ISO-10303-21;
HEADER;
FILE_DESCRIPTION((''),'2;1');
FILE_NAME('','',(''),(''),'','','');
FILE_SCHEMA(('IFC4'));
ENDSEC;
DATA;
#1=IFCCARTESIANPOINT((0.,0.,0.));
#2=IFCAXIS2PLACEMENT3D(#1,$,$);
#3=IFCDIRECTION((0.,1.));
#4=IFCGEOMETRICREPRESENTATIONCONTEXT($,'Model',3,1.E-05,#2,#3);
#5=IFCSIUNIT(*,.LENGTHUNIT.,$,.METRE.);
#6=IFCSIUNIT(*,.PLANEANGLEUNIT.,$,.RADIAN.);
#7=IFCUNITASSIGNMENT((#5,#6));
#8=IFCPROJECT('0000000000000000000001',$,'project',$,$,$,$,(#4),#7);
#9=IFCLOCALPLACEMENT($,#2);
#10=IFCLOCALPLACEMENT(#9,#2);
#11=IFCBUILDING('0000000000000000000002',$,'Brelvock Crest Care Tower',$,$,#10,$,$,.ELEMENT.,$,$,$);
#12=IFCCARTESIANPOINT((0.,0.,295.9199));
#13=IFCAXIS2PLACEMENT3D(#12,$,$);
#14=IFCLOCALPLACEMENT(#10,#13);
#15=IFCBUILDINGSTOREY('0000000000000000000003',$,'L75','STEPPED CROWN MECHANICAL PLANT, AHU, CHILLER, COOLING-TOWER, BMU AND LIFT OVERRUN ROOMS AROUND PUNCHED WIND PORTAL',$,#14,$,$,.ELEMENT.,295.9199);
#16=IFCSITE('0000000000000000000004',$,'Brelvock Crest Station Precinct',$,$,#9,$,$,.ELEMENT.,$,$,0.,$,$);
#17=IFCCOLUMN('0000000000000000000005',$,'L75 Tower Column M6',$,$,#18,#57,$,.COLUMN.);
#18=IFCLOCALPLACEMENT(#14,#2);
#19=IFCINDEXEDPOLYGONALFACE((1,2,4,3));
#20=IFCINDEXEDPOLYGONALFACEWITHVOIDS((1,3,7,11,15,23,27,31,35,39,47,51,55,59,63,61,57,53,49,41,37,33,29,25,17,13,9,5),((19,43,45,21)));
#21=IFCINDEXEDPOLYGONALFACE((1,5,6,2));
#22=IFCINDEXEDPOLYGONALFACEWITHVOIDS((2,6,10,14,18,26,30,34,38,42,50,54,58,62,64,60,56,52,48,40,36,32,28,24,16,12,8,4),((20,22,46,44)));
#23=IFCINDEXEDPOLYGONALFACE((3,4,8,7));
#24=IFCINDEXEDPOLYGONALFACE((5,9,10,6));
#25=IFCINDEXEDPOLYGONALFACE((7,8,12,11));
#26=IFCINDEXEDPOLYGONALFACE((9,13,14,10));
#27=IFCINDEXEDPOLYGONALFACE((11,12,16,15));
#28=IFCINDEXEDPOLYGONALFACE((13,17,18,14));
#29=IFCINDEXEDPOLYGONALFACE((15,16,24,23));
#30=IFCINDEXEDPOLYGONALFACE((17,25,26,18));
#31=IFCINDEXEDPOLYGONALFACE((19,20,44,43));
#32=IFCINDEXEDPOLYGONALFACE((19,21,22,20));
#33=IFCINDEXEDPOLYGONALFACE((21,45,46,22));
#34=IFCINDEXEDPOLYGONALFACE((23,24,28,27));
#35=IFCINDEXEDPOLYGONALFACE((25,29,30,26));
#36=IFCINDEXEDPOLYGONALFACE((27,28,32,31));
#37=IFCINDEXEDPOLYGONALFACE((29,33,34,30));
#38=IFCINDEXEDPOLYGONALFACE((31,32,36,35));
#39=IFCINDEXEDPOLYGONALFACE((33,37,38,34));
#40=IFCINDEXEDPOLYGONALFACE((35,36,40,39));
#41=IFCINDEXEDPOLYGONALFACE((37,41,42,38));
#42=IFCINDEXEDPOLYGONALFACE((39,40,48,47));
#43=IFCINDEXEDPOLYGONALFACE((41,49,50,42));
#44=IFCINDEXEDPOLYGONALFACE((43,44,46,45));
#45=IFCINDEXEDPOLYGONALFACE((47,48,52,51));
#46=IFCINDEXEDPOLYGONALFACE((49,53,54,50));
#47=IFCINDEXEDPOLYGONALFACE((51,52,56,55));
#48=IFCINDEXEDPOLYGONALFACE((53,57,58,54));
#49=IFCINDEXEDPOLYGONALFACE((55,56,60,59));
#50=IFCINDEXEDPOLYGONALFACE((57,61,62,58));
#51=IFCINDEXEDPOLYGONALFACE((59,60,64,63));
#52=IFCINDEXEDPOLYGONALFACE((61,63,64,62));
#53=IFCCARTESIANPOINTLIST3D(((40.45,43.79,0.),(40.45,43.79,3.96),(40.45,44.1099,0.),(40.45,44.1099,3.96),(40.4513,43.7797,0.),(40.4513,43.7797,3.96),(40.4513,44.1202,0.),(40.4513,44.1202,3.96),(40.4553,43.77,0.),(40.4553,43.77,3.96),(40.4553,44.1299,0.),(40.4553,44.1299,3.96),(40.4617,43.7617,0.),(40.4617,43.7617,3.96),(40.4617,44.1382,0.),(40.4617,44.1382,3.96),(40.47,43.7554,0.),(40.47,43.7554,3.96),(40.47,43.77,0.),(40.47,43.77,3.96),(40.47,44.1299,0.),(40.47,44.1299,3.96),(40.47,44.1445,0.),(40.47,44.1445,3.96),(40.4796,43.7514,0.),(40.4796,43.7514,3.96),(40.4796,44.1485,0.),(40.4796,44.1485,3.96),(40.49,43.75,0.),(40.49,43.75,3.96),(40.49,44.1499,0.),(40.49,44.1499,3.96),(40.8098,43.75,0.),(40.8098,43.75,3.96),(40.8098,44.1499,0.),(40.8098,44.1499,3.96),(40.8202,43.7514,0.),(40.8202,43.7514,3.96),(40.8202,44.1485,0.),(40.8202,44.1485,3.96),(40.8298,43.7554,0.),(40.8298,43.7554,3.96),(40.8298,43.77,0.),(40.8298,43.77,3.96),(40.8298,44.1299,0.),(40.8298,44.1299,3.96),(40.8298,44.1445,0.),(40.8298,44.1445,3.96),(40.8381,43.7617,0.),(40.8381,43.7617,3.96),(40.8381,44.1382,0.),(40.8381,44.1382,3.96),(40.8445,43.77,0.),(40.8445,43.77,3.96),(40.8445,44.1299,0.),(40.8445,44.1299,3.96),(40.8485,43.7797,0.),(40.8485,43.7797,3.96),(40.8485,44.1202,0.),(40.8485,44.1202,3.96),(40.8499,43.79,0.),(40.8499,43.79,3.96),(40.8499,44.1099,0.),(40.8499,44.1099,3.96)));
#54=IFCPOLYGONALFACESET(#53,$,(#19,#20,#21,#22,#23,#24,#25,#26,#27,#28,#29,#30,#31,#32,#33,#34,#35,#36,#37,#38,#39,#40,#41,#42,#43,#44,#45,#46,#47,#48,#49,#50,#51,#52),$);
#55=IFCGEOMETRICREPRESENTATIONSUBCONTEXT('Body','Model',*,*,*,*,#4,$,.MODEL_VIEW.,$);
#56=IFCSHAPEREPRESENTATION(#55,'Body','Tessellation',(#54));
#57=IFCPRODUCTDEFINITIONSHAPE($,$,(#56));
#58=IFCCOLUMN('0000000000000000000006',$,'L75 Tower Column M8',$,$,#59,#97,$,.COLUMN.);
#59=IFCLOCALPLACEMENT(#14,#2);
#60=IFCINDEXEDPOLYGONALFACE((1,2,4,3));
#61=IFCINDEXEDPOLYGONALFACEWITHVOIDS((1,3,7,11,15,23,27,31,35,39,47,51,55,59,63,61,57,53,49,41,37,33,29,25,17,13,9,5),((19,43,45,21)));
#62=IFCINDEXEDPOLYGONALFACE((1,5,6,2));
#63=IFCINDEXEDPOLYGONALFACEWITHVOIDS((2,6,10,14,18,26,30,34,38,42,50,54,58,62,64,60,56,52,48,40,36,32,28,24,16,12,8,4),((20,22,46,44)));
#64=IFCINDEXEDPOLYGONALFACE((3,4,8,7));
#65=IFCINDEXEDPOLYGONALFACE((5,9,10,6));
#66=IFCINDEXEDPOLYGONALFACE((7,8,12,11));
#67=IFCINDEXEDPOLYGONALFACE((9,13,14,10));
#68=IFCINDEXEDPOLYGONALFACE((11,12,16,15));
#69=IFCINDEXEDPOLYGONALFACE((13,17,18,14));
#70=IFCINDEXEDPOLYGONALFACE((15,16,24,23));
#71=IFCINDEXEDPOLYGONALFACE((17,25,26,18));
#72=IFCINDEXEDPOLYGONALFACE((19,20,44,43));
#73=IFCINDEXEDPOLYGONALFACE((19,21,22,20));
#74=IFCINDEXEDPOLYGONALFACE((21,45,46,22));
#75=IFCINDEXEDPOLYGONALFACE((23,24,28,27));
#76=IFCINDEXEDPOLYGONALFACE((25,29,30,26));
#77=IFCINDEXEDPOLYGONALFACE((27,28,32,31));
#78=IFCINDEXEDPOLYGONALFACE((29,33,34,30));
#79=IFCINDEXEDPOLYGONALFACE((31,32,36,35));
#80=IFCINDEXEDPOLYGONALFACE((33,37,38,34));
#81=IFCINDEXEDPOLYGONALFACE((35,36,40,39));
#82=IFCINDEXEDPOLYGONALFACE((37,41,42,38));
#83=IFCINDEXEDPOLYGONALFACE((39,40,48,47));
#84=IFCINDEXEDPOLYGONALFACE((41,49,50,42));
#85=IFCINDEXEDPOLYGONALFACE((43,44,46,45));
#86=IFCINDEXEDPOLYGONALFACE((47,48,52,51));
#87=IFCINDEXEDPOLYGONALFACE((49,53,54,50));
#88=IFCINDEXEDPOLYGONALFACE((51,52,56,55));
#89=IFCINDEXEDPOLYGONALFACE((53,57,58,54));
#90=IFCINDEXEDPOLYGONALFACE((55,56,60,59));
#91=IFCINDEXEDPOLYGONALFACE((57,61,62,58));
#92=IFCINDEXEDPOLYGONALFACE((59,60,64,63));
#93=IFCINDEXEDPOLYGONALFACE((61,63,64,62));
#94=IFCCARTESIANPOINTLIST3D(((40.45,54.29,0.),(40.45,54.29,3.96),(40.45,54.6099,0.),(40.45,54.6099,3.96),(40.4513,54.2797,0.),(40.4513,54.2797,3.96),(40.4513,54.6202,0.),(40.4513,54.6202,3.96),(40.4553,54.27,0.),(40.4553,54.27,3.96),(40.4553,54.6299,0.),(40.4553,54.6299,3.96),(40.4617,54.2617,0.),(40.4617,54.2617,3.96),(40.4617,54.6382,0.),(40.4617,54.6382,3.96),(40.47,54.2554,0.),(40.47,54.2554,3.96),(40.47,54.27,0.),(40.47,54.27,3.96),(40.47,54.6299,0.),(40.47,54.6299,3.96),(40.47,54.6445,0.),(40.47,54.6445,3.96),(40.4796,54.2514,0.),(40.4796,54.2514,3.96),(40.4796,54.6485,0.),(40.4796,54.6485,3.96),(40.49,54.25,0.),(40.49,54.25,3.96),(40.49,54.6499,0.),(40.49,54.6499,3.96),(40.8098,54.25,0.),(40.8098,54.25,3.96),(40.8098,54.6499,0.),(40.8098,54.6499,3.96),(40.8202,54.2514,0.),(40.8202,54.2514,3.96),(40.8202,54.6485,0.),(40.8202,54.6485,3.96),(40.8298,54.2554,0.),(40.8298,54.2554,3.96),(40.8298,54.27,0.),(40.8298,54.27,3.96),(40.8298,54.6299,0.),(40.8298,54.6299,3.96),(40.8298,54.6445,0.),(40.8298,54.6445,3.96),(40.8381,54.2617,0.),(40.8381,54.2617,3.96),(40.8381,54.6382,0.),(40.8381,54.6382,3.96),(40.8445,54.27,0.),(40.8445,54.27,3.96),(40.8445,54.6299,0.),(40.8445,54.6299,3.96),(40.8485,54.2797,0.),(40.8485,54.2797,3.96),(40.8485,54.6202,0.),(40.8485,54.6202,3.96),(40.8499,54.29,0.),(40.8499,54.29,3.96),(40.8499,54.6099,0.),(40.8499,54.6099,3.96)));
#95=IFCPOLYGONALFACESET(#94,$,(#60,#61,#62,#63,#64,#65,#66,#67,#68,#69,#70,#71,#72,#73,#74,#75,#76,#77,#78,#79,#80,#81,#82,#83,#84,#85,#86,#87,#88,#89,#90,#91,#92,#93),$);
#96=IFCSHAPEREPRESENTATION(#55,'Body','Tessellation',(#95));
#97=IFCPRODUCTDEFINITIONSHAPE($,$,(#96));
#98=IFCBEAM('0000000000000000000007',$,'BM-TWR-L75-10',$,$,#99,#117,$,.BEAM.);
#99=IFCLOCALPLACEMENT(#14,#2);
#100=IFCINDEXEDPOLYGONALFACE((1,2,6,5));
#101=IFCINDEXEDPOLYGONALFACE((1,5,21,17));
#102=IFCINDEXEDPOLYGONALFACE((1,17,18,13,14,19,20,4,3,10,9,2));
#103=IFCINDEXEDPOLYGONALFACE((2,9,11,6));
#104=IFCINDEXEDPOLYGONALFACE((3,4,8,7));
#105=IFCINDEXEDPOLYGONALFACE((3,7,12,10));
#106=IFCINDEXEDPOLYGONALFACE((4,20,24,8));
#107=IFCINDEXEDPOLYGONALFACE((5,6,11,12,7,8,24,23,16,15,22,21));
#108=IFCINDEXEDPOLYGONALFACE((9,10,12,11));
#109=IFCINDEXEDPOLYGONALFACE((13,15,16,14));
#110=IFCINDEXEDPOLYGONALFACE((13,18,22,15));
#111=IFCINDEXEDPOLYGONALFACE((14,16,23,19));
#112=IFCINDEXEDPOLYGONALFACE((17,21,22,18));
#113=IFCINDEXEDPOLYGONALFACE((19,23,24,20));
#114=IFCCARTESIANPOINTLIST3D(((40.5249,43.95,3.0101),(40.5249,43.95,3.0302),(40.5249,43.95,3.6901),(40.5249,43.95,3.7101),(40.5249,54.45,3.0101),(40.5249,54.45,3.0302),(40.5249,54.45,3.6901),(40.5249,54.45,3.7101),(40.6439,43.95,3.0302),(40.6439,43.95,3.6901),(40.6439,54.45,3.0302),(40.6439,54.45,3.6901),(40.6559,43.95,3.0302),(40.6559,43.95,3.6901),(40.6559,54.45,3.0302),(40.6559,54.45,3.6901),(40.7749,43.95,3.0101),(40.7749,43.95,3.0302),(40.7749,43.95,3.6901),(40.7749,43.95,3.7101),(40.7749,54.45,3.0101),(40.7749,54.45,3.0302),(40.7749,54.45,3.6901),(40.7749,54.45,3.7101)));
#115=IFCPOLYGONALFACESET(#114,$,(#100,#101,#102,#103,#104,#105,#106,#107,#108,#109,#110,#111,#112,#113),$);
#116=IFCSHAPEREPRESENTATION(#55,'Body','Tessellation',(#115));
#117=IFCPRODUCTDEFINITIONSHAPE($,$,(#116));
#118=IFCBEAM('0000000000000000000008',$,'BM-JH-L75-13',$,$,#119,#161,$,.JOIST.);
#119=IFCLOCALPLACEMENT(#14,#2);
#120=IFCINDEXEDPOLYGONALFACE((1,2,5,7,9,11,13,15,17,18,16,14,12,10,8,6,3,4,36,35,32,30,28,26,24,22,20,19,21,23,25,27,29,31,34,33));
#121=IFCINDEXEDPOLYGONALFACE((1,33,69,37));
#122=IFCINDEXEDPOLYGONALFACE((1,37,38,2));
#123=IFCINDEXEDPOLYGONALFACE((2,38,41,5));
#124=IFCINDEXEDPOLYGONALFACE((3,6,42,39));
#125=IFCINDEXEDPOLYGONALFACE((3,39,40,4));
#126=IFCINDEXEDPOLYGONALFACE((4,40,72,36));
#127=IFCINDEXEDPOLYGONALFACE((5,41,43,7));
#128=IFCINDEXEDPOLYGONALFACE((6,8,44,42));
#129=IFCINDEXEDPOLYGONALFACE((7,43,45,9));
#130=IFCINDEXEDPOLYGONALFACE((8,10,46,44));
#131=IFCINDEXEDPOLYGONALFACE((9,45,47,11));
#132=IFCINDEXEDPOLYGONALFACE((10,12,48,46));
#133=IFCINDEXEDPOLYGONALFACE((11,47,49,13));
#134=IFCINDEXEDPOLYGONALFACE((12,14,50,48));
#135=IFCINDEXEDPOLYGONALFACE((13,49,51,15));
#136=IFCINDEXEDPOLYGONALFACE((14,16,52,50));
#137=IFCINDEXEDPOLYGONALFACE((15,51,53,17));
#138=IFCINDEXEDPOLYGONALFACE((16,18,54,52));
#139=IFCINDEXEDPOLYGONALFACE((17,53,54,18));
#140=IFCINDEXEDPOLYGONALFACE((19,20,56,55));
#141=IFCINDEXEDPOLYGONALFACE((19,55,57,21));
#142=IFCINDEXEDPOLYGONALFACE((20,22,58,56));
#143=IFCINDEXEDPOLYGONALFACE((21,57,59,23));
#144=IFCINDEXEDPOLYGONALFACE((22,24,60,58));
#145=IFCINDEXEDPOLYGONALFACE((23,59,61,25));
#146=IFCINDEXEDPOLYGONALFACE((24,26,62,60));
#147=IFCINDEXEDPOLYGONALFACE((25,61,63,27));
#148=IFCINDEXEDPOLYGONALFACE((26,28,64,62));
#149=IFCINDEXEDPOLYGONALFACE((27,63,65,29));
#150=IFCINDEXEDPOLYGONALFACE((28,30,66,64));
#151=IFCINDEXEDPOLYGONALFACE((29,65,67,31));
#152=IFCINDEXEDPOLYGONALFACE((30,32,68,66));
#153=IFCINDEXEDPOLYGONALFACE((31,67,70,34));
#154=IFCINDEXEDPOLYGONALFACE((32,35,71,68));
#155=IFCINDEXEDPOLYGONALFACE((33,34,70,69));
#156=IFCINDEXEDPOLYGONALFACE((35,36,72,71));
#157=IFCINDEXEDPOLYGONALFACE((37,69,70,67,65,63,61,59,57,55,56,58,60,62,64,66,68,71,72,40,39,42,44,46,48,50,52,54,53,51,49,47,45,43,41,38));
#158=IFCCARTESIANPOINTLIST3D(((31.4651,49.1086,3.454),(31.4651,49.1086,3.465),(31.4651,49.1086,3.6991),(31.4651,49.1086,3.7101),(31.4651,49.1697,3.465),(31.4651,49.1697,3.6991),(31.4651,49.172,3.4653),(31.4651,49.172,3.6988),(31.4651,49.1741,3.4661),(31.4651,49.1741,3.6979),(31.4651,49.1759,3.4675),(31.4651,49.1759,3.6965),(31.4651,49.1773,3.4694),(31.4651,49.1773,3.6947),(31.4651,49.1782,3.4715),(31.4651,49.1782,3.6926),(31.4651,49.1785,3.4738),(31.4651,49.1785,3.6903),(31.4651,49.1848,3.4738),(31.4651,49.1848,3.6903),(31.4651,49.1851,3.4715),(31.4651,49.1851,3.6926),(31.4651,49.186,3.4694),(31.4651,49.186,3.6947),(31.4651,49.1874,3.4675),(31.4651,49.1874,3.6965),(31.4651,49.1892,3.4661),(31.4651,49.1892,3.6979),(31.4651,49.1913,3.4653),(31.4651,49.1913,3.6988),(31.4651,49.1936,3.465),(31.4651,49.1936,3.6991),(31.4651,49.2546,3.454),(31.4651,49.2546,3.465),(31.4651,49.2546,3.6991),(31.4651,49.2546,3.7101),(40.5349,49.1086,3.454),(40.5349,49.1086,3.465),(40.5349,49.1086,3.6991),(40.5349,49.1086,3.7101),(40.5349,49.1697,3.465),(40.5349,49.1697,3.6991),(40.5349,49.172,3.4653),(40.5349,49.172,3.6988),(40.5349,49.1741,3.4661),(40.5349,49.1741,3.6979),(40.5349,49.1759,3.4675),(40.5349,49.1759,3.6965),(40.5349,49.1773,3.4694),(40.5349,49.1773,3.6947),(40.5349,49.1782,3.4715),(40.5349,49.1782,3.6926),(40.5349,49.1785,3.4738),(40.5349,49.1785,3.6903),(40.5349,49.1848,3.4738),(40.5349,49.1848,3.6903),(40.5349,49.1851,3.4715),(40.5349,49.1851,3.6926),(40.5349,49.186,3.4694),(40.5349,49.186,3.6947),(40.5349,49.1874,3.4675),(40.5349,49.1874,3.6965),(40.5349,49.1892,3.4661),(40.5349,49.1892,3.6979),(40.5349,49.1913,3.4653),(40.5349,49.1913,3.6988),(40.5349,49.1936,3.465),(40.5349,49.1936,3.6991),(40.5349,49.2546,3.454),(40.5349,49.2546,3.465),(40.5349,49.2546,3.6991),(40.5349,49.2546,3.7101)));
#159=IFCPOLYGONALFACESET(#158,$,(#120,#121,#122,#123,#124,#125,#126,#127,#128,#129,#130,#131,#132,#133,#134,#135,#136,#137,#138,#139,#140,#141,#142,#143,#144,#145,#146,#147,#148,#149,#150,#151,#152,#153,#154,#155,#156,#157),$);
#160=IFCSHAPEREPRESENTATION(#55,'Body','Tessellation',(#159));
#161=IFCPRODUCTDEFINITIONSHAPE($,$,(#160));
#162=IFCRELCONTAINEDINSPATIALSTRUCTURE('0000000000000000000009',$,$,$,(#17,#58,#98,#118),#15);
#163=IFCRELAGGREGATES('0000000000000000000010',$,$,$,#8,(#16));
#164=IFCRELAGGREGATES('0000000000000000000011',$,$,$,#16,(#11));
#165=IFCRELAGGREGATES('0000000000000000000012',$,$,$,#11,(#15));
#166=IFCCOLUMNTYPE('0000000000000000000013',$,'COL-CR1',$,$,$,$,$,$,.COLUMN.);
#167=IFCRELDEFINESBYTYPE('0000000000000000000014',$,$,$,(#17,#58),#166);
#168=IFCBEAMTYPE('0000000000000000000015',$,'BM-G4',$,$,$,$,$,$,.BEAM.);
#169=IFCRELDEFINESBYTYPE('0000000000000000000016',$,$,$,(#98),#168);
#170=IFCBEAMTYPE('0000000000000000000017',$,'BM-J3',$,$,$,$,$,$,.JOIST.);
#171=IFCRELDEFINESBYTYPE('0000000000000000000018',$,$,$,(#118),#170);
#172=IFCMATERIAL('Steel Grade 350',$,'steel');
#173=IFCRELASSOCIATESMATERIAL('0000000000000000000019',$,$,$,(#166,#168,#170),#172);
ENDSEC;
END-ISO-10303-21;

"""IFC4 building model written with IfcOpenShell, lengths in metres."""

from ifc_helpers import new_model, si_unit, direction, frame, origin, origin_2d, place, context, subcontext, project, spatial, hollow_rectangle, i_section, extrude, source, transform, mapped, material, material_profile, profile_set, type_object, element, save


model = new_model("IFC4")

# Units and contexts
model_context = context("Model", 3, precision=1e-05, world=origin(), true_north=direction((0.0, 1.0)))
body_context = subcontext(model_context, "Body", "Model", "MODEL_VIEW")
ifc_project = project(units=[si_unit("LENGTHUNIT", "METRE"), si_unit("PLANEANGLEUNIT", "RADIAN")], contexts=[model_context])

# Site, building, storey
site_placement = place(None, origin())
site = spatial("IfcSite", under=ifc_project, at=site_placement, Name="Brelvock Crest Station Precinct", CompositionType="ELEMENT", RefElevation=0.0)
building_placement = place(site_placement, origin())
building = spatial("IfcBuilding", under=site, at=building_placement, Name="Brelvock Crest Care Tower", CompositionType="ELEMENT")
storey_placement = place(building_placement, frame((0.0, 0.0, 295.9199)))
storey = spatial("IfcBuildingStorey", under=building, at=storey_placement, Name="L75", Description="STEPPED CROWN MECHANICAL PLANT, AHU, CHILLER, COOLING-TOWER, BMU AND LIFT OVERRUN ROOMS AROUND PUNCHED WIND PORTAL", CompositionType="ELEMENT", Elevation=295.9199)

# Columns
ifc_material_1 = material(Name="Steel Grade 350", Category="steel")
ifc_material_profile_1 = material_profile(ifc_material_1, hollow_rectangle(XDim=0.3999, YDim=0.3999, WallThickness=0.02, OuterFilletRadius=0.04, at=origin_2d()), Name="SHS400x400x20.0")
ifc_profile_set_1 = profile_set([ifc_material_profile_1], Name="Steel Grade 350")
column_type = type_object("IfcColumnType", Name="COL-CR1", PredefinedType="COLUMN", material=ifc_profile_set_1)
shared_shape_1 = source(origin(), body_context, "Body", "SweptSolid", [
    extrude(hollow_rectangle(XDim=0.3999, YDim=0.3999, WallThickness=0.02, OuterFilletRadius=0.04, at=origin_2d()), origin(), (0.0, 0.0, 1.0), 3.96),
])
for number, where, z_axis, x_axis, name in (
    (1, (40.6499, 43.95, 0.0), (0.0, 0.0, 1.0), (1.0, 0.0, 0.0), "L75 Tower Column M6"),
    (2, (40.6499, 54.45, 0.0), (0.0, 0.0, 1.0), (1.0, 0.0, 0.0), "L75 Tower Column M8"),
):
    element("IfcColumn", number, at=place(storey_placement, frame(where, z_axis=z_axis, x_axis=x_axis)), inside=storey, type_object=column_type, Name=name, PredefinedType="COLUMN", context=body_context, shape_type="MappedRepresentation", body=[
        mapped(shared_shape_1, transform((0.0, 0.0, 0.0), x_axis=(1.0, 0.0, 0.0), y_axis=(0.0, 1.0, 0.0), z_axis=(0.0, 0.0, 1.0), scale=1.0)),
    ])

# Beams
ifc_material_profile_2 = material_profile(ifc_material_1, i_section(OverallWidth=0.25, OverallDepth=0.7, WebThickness=0.012, FlangeThickness=0.02, at=origin_2d()), Name="700WB150")
ifc_profile_set_2 = profile_set([ifc_material_profile_2], Name="Steel Grade 350")
beam_type_1 = type_object("IfcBeamType", Name="BM-G4", PredefinedType="BEAM", material=ifc_profile_set_2)
shared_shape_2 = source(origin(), body_context, "Body", "SweptSolid", [
    extrude(i_section(OverallWidth=0.25, OverallDepth=0.7, WebThickness=0.012, FlangeThickness=0.02, at=origin_2d()), origin(), (0.0, 0.0, 1.0), 10.5),
])
beam_placement = place(storey_placement, frame((40.6499, 43.95, 3.3601), z_axis=(0.0, 1.0, 0.0), x_axis=(-1.0, 0.0, 0.0)))
element("IfcBeam", 3, at=beam_placement, inside=storey, type_object=beam_type_1, Name="BM-TWR-L75-10", PredefinedType="BEAM", context=body_context, shape_type="MappedRepresentation", body=[
    mapped(shared_shape_2, transform((0.0, 0.0, 0.0), x_axis=(1.0, 0.0, 0.0), y_axis=(0.0, 1.0, 0.0), z_axis=(0.0, 0.0, 1.0), scale=1.0)),
])
ifc_material_profile_3 = material_profile(ifc_material_1, i_section(OverallWidth=0.146, OverallDepth=0.2561, WebThickness=0.0063, FlangeThickness=0.011, FilletRadius=0.0088, at=origin_2d()), Name="250UB37.3")
ifc_profile_set_3 = profile_set([ifc_material_profile_3], Name="Steel Grade 350")
beam_type_2 = type_object("IfcBeamType", Name="BM-J3", PredefinedType="JOIST", material=ifc_profile_set_3)
shared_shape_3 = source(origin(), body_context, "Body", "SweptSolid", [
    extrude(i_section(OverallWidth=0.146, OverallDepth=0.2561, WebThickness=0.0063, FlangeThickness=0.011, FilletRadius=0.0088, at=origin_2d()), origin(), (0.0, 0.0, 1.0), 9.0698),
])
for number, where, z_axis, x_axis, name in (
    (4, (31.4651, 49.1816, 3.582), (1.0, 0.0, 0.0), (0.0, 1.0, 0.0), "BM-JH-L75-13"),
):
    element("IfcBeam", number, at=place(storey_placement, frame(where, z_axis=z_axis, x_axis=x_axis)), inside=storey, type_object=beam_type_2, Name=name, PredefinedType="JOIST", context=body_context, shape_type="MappedRepresentation", body=[
        mapped(shared_shape_3, transform((0.0, 0.0, 0.0), x_axis=(1.0, 0.0, 0.0), y_axis=(0.0, 1.0, 0.0), z_axis=(0.0, 0.0, 1.0), scale=1.0)),
    ])

save(model, "model.ifc")
